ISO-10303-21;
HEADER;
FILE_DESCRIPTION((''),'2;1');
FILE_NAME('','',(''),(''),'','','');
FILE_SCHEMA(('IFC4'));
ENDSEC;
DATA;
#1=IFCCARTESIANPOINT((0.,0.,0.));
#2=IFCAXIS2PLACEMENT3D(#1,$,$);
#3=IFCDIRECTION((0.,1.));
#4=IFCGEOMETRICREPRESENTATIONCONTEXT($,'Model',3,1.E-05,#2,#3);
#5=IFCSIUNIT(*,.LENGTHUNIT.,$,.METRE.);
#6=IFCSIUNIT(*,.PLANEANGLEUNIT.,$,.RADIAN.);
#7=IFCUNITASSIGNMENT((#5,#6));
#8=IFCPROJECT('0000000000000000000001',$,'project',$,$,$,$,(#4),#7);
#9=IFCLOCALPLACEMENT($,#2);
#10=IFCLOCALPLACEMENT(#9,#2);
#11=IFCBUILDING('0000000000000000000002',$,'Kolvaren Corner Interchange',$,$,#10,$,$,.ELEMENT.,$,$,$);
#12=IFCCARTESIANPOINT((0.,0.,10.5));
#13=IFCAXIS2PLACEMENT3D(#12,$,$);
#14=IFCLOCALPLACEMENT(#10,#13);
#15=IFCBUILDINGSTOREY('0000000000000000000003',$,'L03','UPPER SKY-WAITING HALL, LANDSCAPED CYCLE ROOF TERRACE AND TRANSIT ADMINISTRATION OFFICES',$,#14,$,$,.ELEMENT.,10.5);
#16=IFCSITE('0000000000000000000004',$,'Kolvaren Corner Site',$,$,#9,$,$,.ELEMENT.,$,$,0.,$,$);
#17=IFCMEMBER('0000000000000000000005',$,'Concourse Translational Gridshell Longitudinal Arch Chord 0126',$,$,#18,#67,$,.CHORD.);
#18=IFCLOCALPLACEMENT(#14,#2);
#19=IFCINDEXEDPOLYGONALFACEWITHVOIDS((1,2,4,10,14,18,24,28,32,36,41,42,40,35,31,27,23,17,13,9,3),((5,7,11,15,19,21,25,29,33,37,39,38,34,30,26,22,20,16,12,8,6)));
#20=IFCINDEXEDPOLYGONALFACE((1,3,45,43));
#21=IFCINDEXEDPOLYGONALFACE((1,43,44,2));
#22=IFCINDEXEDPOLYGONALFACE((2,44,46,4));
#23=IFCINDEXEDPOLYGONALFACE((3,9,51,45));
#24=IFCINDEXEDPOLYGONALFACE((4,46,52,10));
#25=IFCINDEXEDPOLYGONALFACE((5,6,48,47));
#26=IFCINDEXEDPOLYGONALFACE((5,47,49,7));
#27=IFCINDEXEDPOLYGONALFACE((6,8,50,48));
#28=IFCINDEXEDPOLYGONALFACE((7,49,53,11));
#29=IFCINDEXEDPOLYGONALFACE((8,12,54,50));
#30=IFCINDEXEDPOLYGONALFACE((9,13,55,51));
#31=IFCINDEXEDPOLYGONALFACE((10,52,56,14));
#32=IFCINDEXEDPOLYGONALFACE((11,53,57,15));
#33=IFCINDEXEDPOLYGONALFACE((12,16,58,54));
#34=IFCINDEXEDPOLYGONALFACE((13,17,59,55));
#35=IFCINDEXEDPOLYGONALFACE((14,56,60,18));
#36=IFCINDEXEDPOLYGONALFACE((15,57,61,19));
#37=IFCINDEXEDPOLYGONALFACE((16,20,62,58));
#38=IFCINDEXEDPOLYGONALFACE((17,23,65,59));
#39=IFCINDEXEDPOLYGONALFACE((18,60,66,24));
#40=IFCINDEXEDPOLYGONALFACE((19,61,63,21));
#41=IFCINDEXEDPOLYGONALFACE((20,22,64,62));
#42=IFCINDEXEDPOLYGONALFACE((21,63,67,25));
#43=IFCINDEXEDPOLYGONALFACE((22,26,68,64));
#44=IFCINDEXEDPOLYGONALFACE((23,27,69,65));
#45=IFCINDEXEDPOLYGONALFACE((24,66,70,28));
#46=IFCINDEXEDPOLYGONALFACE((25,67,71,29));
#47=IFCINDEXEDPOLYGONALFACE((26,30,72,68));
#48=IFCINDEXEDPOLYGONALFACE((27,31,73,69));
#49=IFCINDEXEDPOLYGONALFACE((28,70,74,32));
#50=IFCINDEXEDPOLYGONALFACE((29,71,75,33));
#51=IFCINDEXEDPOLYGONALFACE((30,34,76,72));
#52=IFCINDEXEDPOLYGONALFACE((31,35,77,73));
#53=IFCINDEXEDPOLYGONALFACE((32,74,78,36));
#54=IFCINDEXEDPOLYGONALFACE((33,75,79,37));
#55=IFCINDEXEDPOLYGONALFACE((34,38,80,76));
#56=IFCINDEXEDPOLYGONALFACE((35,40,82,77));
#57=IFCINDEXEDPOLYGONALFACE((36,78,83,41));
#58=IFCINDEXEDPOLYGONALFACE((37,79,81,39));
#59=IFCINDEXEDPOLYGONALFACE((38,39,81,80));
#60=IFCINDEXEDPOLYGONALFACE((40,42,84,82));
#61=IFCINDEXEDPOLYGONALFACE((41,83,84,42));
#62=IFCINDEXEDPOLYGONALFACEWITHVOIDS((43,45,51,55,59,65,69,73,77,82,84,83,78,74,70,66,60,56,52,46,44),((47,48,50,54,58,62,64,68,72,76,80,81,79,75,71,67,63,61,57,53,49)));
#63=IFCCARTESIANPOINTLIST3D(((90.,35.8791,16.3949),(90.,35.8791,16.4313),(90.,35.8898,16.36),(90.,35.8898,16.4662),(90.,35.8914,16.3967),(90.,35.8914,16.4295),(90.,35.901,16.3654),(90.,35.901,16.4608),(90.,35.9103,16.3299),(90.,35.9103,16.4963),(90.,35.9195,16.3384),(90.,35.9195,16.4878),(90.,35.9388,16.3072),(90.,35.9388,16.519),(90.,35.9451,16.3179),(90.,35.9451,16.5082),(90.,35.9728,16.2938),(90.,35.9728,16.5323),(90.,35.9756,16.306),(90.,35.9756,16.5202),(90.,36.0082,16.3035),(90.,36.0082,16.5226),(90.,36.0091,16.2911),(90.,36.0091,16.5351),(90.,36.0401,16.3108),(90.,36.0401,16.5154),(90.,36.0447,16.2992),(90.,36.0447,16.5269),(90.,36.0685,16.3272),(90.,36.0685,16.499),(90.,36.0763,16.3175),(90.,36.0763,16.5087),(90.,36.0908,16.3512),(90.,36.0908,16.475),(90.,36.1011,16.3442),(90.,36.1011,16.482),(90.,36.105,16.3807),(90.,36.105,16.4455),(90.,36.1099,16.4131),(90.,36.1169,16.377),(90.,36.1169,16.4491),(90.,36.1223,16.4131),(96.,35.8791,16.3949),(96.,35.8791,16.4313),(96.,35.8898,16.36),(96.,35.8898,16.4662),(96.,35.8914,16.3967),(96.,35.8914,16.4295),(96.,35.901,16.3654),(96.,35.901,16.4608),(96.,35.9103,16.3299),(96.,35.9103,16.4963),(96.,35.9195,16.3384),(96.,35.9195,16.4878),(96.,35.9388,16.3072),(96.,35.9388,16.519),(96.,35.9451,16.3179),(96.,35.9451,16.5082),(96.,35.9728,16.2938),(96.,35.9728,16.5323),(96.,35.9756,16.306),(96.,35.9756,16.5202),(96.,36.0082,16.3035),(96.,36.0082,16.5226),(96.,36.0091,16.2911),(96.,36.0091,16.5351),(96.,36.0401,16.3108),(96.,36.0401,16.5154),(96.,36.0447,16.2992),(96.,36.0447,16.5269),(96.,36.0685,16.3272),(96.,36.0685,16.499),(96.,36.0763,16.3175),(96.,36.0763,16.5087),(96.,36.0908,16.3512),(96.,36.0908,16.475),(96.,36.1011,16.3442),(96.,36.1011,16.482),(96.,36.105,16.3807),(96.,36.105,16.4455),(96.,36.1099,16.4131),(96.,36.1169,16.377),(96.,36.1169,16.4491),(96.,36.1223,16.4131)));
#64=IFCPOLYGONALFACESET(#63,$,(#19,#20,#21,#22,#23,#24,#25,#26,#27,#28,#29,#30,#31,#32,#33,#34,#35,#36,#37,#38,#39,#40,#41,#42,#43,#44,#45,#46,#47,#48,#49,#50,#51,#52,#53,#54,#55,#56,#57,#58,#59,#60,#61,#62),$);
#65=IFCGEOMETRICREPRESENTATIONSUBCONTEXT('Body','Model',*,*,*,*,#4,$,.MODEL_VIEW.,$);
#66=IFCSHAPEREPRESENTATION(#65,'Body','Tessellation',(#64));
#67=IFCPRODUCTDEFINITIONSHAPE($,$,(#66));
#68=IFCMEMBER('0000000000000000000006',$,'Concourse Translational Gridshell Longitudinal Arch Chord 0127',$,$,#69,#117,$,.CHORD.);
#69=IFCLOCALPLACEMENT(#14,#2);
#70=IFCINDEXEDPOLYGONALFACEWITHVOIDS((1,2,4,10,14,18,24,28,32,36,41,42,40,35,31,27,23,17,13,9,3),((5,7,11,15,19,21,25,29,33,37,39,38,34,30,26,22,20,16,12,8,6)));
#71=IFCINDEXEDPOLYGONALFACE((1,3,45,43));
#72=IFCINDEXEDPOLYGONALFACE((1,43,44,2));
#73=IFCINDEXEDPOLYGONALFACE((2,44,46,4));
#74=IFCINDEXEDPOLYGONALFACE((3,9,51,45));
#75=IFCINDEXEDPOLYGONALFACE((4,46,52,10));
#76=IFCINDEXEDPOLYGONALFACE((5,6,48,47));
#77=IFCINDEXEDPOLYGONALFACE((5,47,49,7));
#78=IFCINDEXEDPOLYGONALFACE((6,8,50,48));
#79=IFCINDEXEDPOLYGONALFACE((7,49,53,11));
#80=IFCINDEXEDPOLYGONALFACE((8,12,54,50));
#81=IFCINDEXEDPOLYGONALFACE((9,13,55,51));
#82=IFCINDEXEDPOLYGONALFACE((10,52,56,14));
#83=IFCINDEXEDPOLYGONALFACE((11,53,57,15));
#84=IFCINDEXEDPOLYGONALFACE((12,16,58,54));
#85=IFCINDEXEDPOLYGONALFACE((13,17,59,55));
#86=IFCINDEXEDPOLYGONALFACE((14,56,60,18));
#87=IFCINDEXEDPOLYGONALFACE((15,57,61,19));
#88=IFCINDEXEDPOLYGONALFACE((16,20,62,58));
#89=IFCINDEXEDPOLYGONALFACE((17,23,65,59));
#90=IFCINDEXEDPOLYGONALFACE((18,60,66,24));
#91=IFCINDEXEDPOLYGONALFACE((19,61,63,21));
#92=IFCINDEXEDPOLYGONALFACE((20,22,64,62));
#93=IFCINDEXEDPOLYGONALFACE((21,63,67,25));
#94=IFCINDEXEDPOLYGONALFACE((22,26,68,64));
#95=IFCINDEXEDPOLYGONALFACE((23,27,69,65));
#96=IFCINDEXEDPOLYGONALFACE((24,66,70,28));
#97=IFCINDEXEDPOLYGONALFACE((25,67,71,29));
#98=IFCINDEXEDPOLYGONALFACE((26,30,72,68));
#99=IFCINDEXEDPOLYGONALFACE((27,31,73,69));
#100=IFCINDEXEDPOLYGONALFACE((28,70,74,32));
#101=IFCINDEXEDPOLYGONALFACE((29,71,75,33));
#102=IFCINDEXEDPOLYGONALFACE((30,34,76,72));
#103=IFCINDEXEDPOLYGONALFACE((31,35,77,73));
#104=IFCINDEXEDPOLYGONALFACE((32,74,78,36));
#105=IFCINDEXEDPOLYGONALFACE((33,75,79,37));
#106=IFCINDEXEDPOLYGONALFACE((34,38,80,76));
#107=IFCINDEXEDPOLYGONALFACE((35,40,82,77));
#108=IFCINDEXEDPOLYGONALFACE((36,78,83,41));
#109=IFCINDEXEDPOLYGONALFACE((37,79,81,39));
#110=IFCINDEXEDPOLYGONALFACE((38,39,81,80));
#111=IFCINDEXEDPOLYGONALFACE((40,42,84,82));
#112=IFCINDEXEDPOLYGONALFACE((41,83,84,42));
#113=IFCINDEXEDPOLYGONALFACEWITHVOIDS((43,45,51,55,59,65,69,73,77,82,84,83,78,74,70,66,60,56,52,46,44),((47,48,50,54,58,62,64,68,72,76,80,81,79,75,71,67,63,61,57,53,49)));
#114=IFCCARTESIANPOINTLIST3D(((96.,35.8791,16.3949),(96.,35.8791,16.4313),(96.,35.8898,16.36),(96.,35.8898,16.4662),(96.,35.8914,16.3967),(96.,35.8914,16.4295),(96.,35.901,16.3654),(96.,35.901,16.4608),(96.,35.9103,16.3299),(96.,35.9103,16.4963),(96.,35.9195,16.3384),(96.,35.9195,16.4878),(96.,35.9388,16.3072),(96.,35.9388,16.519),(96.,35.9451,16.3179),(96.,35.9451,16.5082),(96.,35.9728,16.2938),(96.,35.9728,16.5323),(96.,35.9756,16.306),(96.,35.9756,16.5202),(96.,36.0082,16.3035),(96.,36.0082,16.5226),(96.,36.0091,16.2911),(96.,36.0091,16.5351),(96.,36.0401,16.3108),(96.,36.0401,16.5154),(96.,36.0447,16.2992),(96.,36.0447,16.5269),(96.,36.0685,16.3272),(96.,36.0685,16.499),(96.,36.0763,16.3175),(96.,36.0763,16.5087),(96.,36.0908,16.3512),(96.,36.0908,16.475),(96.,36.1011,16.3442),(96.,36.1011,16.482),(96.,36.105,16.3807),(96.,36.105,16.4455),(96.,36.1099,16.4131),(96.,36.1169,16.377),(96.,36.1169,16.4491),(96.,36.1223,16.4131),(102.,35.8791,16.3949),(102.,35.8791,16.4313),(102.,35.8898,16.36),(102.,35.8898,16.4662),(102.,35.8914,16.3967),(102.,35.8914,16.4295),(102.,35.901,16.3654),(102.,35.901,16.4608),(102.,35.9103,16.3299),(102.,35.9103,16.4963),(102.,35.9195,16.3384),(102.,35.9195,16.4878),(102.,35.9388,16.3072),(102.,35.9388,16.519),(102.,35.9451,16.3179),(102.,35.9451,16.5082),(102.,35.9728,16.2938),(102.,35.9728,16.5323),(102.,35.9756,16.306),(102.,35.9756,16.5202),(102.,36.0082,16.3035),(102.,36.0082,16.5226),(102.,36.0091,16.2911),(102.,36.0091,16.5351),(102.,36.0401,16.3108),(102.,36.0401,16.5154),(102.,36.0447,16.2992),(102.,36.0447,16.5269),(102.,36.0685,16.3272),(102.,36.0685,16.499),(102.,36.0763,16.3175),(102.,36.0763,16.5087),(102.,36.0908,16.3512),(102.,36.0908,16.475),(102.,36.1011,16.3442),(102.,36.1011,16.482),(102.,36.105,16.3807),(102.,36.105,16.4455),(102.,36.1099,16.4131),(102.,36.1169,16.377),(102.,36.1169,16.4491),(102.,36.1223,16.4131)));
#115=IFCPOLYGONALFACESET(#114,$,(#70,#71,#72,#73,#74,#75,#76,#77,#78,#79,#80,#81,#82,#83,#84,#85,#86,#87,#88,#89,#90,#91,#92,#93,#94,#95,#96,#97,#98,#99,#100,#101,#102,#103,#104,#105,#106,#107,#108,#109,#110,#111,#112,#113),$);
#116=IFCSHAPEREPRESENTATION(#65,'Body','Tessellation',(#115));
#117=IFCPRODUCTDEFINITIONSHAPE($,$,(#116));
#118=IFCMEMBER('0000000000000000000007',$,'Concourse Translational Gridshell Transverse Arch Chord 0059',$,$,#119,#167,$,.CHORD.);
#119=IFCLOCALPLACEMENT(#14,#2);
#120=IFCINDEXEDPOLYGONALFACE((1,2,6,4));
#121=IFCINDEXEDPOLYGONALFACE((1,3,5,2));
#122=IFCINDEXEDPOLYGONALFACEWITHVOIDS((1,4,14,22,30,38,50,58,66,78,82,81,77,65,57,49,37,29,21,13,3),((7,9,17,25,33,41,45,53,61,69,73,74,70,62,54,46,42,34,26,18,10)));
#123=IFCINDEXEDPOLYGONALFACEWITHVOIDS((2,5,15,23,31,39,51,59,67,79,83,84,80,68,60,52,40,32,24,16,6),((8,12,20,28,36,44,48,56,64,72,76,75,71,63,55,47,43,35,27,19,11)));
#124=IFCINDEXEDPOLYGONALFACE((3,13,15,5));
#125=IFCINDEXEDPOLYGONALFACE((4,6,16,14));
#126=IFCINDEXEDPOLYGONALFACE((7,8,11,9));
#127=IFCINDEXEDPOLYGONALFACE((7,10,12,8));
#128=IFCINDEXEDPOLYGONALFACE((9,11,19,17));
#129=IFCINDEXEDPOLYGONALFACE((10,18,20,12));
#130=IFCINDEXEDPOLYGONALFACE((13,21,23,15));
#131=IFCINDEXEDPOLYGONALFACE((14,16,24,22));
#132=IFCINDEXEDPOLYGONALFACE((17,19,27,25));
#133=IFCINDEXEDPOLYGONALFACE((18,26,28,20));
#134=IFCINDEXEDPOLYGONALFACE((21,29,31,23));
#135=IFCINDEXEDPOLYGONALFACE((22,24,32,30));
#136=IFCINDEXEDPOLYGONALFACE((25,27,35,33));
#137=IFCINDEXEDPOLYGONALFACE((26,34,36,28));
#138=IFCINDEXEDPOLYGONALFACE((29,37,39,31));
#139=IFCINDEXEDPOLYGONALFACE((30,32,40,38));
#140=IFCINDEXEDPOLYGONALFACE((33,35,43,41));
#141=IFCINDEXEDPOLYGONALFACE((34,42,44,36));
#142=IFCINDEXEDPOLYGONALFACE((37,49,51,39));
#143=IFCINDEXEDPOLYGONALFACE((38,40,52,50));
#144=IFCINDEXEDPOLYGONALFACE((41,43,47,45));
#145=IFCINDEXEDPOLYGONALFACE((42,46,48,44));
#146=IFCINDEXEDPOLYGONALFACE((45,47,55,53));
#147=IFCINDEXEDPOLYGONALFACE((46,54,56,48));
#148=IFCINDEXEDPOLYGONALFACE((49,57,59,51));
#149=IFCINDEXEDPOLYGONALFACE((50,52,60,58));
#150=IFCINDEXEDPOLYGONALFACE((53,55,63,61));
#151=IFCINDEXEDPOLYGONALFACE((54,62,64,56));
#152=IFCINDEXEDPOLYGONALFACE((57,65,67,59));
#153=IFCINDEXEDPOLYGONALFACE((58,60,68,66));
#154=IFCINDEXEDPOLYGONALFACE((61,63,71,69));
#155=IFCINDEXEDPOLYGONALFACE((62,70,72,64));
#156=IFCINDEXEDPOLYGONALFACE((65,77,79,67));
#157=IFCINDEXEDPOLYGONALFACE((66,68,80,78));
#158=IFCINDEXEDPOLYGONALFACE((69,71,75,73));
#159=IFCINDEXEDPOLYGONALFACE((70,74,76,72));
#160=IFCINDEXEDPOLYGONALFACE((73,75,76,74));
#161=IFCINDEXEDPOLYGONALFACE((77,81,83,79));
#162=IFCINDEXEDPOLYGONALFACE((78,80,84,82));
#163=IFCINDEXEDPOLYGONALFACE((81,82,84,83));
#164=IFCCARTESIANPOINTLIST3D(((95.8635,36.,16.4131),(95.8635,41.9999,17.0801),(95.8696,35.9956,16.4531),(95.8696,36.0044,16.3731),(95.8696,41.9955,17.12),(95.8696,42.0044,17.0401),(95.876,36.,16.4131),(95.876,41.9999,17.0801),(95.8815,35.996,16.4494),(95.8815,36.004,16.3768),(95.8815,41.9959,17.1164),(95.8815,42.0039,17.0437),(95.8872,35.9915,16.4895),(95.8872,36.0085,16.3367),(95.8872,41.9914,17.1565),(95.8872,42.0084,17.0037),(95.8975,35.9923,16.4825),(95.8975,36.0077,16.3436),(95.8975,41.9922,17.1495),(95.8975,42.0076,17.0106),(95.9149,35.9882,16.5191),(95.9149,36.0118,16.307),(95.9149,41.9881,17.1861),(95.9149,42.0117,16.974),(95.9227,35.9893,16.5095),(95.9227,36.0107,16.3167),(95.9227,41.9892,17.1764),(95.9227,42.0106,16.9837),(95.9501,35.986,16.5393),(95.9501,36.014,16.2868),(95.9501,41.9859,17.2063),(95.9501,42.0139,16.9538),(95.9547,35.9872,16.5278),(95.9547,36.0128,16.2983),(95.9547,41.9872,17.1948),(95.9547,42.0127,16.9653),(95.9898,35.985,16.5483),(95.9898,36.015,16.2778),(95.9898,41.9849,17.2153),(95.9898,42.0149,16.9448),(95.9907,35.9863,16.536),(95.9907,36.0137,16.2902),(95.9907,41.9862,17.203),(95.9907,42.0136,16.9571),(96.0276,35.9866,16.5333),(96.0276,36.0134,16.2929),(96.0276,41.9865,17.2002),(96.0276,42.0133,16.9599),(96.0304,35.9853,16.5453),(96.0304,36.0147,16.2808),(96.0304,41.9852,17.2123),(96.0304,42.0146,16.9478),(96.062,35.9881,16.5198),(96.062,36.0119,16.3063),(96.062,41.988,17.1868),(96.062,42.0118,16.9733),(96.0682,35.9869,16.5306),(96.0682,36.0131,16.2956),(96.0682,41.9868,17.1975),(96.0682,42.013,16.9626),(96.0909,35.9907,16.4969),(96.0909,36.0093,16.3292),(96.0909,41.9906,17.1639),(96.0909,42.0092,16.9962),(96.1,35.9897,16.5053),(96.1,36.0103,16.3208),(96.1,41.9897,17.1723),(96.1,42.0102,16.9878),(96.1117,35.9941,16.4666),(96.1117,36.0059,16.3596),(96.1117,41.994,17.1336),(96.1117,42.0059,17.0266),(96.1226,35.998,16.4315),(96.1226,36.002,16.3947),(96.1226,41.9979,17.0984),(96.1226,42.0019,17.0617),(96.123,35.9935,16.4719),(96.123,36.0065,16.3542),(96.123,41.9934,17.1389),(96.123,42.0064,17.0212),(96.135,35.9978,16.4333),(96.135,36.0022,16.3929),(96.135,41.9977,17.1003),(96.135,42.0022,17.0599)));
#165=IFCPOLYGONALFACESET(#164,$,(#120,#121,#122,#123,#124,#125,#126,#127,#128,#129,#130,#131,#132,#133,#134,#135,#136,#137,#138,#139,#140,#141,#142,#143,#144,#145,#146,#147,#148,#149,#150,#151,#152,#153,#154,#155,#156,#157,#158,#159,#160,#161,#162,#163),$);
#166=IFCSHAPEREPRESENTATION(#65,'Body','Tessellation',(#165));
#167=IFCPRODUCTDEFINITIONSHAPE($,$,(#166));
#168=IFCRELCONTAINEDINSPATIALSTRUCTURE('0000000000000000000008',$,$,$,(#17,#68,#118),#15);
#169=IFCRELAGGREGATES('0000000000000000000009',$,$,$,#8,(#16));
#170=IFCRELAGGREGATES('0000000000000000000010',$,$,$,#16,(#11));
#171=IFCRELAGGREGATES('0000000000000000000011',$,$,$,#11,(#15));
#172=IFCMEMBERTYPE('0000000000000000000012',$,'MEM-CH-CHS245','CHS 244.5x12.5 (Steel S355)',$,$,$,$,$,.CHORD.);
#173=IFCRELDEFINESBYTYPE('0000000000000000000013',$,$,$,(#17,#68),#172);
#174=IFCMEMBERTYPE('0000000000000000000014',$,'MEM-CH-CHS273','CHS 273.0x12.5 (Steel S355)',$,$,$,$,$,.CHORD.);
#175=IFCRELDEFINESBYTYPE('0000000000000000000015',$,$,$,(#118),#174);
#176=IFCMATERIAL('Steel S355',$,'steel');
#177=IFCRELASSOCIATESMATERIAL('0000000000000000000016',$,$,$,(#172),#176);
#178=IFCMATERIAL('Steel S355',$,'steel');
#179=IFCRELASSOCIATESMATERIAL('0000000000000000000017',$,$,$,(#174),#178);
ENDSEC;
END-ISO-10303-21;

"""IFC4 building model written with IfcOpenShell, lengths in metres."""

from ifc_helpers import new_model, si_unit, direction, frame, origin, origin_2d, place, context, subcontext, project, spatial, hollow_circle, extrude, material, material_profile, profile_set, type_object, element, save


model = new_model("IFC4")

# Units and contexts
model_context = context("Model", 3, precision=1e-05, world=origin(), true_north=direction((0.0, 1.0)))
body_context = subcontext(model_context, "Body", "Model", "MODEL_VIEW")
ifc_project = project(units=[si_unit("LENGTHUNIT", "METRE"), si_unit("PLANEANGLEUNIT", "RADIAN")], contexts=[model_context])

# Site, building, storey
site_placement = place(None, origin())
site = spatial("IfcSite", under=ifc_project, at=site_placement, Name="Kolvaren Corner Site", CompositionType="ELEMENT", RefElevation=0.0)
building_placement = place(site_placement, origin())
building = spatial("IfcBuilding", under=site, at=building_placement, Name="Kolvaren Corner Interchange", CompositionType="ELEMENT")
storey_placement = place(building_placement, frame((0.0, 0.0, 10.5)))
storey = spatial("IfcBuildingStorey", under=building, at=storey_placement, Name="L03", Description="UPPER SKY-WAITING HALL, LANDSCAPED CYCLE ROOF TERRACE AND TRANSIT ADMINISTRATION OFFICES", CompositionType="ELEMENT", Elevation=10.5)

# Members
ifc_material_1 = material(Name="Steel S355", Category="steel")
ifc_material_profile_1 = material_profile(ifc_material_1, hollow_circle(Radius=0.1223, WallThickness=0.0125, at=origin_2d()), Name="CHS 244.5x12.5")
ifc_profile_set_1 = profile_set([ifc_material_profile_1], Name="Steel S355")
member_type_1 = type_object("IfcMemberType", Name="MEM-CH-CHS245", Description="CHS 244.5x12.5 (Steel S355)", PredefinedType="CHORD", material=ifc_profile_set_1)
for number, where, z_axis, x_axis, name in (
    (1, (90.0, 36.0, 16.4131), (1.0, 0.0, 0.0), (0.0, 1.0, 0.0), "Concourse Translational Gridshell Longitudinal Arch Chord 0126"),
    (2, (96.0, 36.0, 16.4131), (1.0, 0.0, 0.0), (0.0, 1.0, 0.0), "Concourse Translational Gridshell Longitudinal Arch Chord 0127"),
):
    element("IfcMember", number, at=place(storey_placement, frame(where, z_axis=z_axis, x_axis=x_axis)), inside=storey, type_object=member_type_1, Name=name, PredefinedType="CHORD", context=body_context, shape_type="SweptSolid", body=[
        extrude(hollow_circle(Radius=0.1223, WallThickness=0.0125, at=origin_2d()), origin(), (0.0, 0.0, 1.0), 6.0),
    ])
ifc_material_2 = material(Name="Steel S355", Category="steel")
ifc_material_profile_2 = material_profile(ifc_material_2, hollow_circle(Radius=0.1365, WallThickness=0.0125, at=origin_2d()), Name="CHS 273.0x12.5")
ifc_profile_set_2 = profile_set([ifc_material_profile_2], Name="Steel S355")
member_type_2 = type_object("IfcMemberType", Name="MEM-CH-CHS273", Description="CHS 273.0x12.5 (Steel S355)", PredefinedType="CHORD", material=ifc_profile_set_2)
member_1_placement = place(storey_placement, frame((96.0, 36.0, 16.4131), z_axis=(0.0, 0.993878, 0.110485), x_axis=(-1.0, 0.0, 0.0)))
element("IfcMember", 3, at=member_1_placement, inside=storey, type_object=member_type_2, Name="Concourse Translational Gridshell Transverse Arch Chord 0059", PredefinedType="CHORD", context=body_context, shape_type="SweptSolid", body=[
    extrude(hollow_circle(Radius=0.1365, WallThickness=0.0125, at=origin_2d()), origin(), (0.0, 0.0, 1.0), 6.0369),
])

save(model, "model.ifc")
